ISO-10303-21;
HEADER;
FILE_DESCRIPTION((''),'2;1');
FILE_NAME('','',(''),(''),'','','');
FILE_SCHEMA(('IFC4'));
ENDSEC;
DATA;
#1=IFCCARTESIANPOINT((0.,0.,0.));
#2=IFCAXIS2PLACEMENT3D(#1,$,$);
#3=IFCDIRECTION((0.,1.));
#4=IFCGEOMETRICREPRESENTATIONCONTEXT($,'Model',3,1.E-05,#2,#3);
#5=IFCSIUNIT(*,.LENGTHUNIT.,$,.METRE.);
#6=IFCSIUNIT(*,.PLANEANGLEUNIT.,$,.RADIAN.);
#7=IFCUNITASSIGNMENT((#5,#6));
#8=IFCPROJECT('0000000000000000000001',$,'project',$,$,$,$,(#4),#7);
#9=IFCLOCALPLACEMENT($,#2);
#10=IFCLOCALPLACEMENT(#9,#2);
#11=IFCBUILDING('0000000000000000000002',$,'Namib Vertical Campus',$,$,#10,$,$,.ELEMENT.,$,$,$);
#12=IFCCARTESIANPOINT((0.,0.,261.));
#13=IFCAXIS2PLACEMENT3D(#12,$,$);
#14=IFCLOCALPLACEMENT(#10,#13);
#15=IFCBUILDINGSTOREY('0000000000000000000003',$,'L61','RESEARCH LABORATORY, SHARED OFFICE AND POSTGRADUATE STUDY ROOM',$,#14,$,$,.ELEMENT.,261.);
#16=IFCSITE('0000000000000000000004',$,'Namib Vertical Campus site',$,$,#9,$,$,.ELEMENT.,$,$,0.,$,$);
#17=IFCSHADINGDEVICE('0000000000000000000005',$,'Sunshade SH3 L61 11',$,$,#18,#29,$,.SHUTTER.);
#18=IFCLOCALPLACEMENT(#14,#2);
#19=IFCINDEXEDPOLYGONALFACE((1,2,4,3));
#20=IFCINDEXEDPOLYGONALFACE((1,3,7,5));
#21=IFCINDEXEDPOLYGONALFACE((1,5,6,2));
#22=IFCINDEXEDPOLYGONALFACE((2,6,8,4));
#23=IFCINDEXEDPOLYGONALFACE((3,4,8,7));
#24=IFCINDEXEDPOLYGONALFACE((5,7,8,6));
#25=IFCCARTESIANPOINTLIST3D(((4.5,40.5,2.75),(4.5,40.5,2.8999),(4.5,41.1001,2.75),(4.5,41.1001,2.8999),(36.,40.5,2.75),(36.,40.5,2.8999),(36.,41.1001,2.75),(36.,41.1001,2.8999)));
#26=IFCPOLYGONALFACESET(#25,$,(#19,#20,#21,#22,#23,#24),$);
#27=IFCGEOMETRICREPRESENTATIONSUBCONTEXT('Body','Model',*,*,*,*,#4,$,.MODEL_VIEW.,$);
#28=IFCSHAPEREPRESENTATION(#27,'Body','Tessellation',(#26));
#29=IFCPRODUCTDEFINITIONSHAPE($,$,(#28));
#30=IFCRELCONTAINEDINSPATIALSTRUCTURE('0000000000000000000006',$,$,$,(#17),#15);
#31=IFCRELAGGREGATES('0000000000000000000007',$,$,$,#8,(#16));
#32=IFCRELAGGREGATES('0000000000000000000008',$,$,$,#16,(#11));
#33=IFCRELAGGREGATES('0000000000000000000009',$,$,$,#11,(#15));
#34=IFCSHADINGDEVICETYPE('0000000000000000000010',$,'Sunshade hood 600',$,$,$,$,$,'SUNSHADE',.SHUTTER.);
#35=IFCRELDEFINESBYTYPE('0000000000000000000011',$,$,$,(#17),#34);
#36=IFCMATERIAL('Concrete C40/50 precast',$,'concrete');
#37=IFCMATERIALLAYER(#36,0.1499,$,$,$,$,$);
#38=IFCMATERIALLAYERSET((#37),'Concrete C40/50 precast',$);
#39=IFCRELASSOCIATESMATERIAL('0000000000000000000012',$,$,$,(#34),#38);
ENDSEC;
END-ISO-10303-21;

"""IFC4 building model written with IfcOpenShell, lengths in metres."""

from ifc_helpers import new_model, si_unit, direction, frame, origin, origin_2d, place, context, subcontext, project, spatial, rectangle, extrude, material, layer, layer_set, type_object, element, save


model = new_model("IFC4")

# Units and contexts
model_context = context("Model", 3, precision=1e-05, world=origin(), true_north=direction((0.0, 1.0)))
body_context = subcontext(model_context, "Body", "Model", "MODEL_VIEW")
ifc_project = project(units=[si_unit("LENGTHUNIT", "METRE"), si_unit("PLANEANGLEUNIT", "RADIAN")], contexts=[model_context])

# Site, building, storey
site_placement = place(None, origin())
site = spatial("IfcSite", under=ifc_project, at=site_placement, Name="Namib Vertical Campus site", CompositionType="ELEMENT", RefElevation=0.0)
building_placement = place(site_placement, origin())
building = spatial("IfcBuilding", under=site, at=building_placement, Name="Namib Vertical Campus", CompositionType="ELEMENT")
storey_placement = place(building_placement, frame((0.0, 0.0, 261.0)))
storey = spatial("IfcBuildingStorey", under=building, at=storey_placement, Name="L61", Description="RESEARCH LABORATORY, SHARED OFFICE AND POSTGRADUATE STUDY ROOM", CompositionType="ELEMENT", Elevation=261.0)

# Shading device
ifc_material_1 = material(Name="Concrete C40/50 precast", Category="concrete")
ifc_layer_1 = layer(ifc_material_1, 0.1499)
ifc_layer_set_1 = layer_set([ifc_layer_1], Name="Concrete C40/50 precast")
shading_device_type = type_object("IfcShadingDeviceType", Name="Sunshade hood 600", ElementType="SUNSHADE", PredefinedType="SHUTTER", material=ifc_layer_set_1)
shading_device_placement = place(storey_placement, frame((20.25, 40.8, 2.75), z_axis=(0.0, 0.0, 1.0), x_axis=(-1.0, 0.0, 0.0)))
element("IfcShadingDevice", 1, at=shading_device_placement, inside=storey, type_object=shading_device_type, Name="Sunshade SH3 L61 11", PredefinedType="SHUTTER", context=body_context, shape_type="SweptSolid", body=[
    extrude(rectangle(XDim=31.5, YDim=0.6001, at=origin_2d()), origin(), (0.0, 0.0, 1.0), 0.1499),
])

save(model, "model.ifc")
